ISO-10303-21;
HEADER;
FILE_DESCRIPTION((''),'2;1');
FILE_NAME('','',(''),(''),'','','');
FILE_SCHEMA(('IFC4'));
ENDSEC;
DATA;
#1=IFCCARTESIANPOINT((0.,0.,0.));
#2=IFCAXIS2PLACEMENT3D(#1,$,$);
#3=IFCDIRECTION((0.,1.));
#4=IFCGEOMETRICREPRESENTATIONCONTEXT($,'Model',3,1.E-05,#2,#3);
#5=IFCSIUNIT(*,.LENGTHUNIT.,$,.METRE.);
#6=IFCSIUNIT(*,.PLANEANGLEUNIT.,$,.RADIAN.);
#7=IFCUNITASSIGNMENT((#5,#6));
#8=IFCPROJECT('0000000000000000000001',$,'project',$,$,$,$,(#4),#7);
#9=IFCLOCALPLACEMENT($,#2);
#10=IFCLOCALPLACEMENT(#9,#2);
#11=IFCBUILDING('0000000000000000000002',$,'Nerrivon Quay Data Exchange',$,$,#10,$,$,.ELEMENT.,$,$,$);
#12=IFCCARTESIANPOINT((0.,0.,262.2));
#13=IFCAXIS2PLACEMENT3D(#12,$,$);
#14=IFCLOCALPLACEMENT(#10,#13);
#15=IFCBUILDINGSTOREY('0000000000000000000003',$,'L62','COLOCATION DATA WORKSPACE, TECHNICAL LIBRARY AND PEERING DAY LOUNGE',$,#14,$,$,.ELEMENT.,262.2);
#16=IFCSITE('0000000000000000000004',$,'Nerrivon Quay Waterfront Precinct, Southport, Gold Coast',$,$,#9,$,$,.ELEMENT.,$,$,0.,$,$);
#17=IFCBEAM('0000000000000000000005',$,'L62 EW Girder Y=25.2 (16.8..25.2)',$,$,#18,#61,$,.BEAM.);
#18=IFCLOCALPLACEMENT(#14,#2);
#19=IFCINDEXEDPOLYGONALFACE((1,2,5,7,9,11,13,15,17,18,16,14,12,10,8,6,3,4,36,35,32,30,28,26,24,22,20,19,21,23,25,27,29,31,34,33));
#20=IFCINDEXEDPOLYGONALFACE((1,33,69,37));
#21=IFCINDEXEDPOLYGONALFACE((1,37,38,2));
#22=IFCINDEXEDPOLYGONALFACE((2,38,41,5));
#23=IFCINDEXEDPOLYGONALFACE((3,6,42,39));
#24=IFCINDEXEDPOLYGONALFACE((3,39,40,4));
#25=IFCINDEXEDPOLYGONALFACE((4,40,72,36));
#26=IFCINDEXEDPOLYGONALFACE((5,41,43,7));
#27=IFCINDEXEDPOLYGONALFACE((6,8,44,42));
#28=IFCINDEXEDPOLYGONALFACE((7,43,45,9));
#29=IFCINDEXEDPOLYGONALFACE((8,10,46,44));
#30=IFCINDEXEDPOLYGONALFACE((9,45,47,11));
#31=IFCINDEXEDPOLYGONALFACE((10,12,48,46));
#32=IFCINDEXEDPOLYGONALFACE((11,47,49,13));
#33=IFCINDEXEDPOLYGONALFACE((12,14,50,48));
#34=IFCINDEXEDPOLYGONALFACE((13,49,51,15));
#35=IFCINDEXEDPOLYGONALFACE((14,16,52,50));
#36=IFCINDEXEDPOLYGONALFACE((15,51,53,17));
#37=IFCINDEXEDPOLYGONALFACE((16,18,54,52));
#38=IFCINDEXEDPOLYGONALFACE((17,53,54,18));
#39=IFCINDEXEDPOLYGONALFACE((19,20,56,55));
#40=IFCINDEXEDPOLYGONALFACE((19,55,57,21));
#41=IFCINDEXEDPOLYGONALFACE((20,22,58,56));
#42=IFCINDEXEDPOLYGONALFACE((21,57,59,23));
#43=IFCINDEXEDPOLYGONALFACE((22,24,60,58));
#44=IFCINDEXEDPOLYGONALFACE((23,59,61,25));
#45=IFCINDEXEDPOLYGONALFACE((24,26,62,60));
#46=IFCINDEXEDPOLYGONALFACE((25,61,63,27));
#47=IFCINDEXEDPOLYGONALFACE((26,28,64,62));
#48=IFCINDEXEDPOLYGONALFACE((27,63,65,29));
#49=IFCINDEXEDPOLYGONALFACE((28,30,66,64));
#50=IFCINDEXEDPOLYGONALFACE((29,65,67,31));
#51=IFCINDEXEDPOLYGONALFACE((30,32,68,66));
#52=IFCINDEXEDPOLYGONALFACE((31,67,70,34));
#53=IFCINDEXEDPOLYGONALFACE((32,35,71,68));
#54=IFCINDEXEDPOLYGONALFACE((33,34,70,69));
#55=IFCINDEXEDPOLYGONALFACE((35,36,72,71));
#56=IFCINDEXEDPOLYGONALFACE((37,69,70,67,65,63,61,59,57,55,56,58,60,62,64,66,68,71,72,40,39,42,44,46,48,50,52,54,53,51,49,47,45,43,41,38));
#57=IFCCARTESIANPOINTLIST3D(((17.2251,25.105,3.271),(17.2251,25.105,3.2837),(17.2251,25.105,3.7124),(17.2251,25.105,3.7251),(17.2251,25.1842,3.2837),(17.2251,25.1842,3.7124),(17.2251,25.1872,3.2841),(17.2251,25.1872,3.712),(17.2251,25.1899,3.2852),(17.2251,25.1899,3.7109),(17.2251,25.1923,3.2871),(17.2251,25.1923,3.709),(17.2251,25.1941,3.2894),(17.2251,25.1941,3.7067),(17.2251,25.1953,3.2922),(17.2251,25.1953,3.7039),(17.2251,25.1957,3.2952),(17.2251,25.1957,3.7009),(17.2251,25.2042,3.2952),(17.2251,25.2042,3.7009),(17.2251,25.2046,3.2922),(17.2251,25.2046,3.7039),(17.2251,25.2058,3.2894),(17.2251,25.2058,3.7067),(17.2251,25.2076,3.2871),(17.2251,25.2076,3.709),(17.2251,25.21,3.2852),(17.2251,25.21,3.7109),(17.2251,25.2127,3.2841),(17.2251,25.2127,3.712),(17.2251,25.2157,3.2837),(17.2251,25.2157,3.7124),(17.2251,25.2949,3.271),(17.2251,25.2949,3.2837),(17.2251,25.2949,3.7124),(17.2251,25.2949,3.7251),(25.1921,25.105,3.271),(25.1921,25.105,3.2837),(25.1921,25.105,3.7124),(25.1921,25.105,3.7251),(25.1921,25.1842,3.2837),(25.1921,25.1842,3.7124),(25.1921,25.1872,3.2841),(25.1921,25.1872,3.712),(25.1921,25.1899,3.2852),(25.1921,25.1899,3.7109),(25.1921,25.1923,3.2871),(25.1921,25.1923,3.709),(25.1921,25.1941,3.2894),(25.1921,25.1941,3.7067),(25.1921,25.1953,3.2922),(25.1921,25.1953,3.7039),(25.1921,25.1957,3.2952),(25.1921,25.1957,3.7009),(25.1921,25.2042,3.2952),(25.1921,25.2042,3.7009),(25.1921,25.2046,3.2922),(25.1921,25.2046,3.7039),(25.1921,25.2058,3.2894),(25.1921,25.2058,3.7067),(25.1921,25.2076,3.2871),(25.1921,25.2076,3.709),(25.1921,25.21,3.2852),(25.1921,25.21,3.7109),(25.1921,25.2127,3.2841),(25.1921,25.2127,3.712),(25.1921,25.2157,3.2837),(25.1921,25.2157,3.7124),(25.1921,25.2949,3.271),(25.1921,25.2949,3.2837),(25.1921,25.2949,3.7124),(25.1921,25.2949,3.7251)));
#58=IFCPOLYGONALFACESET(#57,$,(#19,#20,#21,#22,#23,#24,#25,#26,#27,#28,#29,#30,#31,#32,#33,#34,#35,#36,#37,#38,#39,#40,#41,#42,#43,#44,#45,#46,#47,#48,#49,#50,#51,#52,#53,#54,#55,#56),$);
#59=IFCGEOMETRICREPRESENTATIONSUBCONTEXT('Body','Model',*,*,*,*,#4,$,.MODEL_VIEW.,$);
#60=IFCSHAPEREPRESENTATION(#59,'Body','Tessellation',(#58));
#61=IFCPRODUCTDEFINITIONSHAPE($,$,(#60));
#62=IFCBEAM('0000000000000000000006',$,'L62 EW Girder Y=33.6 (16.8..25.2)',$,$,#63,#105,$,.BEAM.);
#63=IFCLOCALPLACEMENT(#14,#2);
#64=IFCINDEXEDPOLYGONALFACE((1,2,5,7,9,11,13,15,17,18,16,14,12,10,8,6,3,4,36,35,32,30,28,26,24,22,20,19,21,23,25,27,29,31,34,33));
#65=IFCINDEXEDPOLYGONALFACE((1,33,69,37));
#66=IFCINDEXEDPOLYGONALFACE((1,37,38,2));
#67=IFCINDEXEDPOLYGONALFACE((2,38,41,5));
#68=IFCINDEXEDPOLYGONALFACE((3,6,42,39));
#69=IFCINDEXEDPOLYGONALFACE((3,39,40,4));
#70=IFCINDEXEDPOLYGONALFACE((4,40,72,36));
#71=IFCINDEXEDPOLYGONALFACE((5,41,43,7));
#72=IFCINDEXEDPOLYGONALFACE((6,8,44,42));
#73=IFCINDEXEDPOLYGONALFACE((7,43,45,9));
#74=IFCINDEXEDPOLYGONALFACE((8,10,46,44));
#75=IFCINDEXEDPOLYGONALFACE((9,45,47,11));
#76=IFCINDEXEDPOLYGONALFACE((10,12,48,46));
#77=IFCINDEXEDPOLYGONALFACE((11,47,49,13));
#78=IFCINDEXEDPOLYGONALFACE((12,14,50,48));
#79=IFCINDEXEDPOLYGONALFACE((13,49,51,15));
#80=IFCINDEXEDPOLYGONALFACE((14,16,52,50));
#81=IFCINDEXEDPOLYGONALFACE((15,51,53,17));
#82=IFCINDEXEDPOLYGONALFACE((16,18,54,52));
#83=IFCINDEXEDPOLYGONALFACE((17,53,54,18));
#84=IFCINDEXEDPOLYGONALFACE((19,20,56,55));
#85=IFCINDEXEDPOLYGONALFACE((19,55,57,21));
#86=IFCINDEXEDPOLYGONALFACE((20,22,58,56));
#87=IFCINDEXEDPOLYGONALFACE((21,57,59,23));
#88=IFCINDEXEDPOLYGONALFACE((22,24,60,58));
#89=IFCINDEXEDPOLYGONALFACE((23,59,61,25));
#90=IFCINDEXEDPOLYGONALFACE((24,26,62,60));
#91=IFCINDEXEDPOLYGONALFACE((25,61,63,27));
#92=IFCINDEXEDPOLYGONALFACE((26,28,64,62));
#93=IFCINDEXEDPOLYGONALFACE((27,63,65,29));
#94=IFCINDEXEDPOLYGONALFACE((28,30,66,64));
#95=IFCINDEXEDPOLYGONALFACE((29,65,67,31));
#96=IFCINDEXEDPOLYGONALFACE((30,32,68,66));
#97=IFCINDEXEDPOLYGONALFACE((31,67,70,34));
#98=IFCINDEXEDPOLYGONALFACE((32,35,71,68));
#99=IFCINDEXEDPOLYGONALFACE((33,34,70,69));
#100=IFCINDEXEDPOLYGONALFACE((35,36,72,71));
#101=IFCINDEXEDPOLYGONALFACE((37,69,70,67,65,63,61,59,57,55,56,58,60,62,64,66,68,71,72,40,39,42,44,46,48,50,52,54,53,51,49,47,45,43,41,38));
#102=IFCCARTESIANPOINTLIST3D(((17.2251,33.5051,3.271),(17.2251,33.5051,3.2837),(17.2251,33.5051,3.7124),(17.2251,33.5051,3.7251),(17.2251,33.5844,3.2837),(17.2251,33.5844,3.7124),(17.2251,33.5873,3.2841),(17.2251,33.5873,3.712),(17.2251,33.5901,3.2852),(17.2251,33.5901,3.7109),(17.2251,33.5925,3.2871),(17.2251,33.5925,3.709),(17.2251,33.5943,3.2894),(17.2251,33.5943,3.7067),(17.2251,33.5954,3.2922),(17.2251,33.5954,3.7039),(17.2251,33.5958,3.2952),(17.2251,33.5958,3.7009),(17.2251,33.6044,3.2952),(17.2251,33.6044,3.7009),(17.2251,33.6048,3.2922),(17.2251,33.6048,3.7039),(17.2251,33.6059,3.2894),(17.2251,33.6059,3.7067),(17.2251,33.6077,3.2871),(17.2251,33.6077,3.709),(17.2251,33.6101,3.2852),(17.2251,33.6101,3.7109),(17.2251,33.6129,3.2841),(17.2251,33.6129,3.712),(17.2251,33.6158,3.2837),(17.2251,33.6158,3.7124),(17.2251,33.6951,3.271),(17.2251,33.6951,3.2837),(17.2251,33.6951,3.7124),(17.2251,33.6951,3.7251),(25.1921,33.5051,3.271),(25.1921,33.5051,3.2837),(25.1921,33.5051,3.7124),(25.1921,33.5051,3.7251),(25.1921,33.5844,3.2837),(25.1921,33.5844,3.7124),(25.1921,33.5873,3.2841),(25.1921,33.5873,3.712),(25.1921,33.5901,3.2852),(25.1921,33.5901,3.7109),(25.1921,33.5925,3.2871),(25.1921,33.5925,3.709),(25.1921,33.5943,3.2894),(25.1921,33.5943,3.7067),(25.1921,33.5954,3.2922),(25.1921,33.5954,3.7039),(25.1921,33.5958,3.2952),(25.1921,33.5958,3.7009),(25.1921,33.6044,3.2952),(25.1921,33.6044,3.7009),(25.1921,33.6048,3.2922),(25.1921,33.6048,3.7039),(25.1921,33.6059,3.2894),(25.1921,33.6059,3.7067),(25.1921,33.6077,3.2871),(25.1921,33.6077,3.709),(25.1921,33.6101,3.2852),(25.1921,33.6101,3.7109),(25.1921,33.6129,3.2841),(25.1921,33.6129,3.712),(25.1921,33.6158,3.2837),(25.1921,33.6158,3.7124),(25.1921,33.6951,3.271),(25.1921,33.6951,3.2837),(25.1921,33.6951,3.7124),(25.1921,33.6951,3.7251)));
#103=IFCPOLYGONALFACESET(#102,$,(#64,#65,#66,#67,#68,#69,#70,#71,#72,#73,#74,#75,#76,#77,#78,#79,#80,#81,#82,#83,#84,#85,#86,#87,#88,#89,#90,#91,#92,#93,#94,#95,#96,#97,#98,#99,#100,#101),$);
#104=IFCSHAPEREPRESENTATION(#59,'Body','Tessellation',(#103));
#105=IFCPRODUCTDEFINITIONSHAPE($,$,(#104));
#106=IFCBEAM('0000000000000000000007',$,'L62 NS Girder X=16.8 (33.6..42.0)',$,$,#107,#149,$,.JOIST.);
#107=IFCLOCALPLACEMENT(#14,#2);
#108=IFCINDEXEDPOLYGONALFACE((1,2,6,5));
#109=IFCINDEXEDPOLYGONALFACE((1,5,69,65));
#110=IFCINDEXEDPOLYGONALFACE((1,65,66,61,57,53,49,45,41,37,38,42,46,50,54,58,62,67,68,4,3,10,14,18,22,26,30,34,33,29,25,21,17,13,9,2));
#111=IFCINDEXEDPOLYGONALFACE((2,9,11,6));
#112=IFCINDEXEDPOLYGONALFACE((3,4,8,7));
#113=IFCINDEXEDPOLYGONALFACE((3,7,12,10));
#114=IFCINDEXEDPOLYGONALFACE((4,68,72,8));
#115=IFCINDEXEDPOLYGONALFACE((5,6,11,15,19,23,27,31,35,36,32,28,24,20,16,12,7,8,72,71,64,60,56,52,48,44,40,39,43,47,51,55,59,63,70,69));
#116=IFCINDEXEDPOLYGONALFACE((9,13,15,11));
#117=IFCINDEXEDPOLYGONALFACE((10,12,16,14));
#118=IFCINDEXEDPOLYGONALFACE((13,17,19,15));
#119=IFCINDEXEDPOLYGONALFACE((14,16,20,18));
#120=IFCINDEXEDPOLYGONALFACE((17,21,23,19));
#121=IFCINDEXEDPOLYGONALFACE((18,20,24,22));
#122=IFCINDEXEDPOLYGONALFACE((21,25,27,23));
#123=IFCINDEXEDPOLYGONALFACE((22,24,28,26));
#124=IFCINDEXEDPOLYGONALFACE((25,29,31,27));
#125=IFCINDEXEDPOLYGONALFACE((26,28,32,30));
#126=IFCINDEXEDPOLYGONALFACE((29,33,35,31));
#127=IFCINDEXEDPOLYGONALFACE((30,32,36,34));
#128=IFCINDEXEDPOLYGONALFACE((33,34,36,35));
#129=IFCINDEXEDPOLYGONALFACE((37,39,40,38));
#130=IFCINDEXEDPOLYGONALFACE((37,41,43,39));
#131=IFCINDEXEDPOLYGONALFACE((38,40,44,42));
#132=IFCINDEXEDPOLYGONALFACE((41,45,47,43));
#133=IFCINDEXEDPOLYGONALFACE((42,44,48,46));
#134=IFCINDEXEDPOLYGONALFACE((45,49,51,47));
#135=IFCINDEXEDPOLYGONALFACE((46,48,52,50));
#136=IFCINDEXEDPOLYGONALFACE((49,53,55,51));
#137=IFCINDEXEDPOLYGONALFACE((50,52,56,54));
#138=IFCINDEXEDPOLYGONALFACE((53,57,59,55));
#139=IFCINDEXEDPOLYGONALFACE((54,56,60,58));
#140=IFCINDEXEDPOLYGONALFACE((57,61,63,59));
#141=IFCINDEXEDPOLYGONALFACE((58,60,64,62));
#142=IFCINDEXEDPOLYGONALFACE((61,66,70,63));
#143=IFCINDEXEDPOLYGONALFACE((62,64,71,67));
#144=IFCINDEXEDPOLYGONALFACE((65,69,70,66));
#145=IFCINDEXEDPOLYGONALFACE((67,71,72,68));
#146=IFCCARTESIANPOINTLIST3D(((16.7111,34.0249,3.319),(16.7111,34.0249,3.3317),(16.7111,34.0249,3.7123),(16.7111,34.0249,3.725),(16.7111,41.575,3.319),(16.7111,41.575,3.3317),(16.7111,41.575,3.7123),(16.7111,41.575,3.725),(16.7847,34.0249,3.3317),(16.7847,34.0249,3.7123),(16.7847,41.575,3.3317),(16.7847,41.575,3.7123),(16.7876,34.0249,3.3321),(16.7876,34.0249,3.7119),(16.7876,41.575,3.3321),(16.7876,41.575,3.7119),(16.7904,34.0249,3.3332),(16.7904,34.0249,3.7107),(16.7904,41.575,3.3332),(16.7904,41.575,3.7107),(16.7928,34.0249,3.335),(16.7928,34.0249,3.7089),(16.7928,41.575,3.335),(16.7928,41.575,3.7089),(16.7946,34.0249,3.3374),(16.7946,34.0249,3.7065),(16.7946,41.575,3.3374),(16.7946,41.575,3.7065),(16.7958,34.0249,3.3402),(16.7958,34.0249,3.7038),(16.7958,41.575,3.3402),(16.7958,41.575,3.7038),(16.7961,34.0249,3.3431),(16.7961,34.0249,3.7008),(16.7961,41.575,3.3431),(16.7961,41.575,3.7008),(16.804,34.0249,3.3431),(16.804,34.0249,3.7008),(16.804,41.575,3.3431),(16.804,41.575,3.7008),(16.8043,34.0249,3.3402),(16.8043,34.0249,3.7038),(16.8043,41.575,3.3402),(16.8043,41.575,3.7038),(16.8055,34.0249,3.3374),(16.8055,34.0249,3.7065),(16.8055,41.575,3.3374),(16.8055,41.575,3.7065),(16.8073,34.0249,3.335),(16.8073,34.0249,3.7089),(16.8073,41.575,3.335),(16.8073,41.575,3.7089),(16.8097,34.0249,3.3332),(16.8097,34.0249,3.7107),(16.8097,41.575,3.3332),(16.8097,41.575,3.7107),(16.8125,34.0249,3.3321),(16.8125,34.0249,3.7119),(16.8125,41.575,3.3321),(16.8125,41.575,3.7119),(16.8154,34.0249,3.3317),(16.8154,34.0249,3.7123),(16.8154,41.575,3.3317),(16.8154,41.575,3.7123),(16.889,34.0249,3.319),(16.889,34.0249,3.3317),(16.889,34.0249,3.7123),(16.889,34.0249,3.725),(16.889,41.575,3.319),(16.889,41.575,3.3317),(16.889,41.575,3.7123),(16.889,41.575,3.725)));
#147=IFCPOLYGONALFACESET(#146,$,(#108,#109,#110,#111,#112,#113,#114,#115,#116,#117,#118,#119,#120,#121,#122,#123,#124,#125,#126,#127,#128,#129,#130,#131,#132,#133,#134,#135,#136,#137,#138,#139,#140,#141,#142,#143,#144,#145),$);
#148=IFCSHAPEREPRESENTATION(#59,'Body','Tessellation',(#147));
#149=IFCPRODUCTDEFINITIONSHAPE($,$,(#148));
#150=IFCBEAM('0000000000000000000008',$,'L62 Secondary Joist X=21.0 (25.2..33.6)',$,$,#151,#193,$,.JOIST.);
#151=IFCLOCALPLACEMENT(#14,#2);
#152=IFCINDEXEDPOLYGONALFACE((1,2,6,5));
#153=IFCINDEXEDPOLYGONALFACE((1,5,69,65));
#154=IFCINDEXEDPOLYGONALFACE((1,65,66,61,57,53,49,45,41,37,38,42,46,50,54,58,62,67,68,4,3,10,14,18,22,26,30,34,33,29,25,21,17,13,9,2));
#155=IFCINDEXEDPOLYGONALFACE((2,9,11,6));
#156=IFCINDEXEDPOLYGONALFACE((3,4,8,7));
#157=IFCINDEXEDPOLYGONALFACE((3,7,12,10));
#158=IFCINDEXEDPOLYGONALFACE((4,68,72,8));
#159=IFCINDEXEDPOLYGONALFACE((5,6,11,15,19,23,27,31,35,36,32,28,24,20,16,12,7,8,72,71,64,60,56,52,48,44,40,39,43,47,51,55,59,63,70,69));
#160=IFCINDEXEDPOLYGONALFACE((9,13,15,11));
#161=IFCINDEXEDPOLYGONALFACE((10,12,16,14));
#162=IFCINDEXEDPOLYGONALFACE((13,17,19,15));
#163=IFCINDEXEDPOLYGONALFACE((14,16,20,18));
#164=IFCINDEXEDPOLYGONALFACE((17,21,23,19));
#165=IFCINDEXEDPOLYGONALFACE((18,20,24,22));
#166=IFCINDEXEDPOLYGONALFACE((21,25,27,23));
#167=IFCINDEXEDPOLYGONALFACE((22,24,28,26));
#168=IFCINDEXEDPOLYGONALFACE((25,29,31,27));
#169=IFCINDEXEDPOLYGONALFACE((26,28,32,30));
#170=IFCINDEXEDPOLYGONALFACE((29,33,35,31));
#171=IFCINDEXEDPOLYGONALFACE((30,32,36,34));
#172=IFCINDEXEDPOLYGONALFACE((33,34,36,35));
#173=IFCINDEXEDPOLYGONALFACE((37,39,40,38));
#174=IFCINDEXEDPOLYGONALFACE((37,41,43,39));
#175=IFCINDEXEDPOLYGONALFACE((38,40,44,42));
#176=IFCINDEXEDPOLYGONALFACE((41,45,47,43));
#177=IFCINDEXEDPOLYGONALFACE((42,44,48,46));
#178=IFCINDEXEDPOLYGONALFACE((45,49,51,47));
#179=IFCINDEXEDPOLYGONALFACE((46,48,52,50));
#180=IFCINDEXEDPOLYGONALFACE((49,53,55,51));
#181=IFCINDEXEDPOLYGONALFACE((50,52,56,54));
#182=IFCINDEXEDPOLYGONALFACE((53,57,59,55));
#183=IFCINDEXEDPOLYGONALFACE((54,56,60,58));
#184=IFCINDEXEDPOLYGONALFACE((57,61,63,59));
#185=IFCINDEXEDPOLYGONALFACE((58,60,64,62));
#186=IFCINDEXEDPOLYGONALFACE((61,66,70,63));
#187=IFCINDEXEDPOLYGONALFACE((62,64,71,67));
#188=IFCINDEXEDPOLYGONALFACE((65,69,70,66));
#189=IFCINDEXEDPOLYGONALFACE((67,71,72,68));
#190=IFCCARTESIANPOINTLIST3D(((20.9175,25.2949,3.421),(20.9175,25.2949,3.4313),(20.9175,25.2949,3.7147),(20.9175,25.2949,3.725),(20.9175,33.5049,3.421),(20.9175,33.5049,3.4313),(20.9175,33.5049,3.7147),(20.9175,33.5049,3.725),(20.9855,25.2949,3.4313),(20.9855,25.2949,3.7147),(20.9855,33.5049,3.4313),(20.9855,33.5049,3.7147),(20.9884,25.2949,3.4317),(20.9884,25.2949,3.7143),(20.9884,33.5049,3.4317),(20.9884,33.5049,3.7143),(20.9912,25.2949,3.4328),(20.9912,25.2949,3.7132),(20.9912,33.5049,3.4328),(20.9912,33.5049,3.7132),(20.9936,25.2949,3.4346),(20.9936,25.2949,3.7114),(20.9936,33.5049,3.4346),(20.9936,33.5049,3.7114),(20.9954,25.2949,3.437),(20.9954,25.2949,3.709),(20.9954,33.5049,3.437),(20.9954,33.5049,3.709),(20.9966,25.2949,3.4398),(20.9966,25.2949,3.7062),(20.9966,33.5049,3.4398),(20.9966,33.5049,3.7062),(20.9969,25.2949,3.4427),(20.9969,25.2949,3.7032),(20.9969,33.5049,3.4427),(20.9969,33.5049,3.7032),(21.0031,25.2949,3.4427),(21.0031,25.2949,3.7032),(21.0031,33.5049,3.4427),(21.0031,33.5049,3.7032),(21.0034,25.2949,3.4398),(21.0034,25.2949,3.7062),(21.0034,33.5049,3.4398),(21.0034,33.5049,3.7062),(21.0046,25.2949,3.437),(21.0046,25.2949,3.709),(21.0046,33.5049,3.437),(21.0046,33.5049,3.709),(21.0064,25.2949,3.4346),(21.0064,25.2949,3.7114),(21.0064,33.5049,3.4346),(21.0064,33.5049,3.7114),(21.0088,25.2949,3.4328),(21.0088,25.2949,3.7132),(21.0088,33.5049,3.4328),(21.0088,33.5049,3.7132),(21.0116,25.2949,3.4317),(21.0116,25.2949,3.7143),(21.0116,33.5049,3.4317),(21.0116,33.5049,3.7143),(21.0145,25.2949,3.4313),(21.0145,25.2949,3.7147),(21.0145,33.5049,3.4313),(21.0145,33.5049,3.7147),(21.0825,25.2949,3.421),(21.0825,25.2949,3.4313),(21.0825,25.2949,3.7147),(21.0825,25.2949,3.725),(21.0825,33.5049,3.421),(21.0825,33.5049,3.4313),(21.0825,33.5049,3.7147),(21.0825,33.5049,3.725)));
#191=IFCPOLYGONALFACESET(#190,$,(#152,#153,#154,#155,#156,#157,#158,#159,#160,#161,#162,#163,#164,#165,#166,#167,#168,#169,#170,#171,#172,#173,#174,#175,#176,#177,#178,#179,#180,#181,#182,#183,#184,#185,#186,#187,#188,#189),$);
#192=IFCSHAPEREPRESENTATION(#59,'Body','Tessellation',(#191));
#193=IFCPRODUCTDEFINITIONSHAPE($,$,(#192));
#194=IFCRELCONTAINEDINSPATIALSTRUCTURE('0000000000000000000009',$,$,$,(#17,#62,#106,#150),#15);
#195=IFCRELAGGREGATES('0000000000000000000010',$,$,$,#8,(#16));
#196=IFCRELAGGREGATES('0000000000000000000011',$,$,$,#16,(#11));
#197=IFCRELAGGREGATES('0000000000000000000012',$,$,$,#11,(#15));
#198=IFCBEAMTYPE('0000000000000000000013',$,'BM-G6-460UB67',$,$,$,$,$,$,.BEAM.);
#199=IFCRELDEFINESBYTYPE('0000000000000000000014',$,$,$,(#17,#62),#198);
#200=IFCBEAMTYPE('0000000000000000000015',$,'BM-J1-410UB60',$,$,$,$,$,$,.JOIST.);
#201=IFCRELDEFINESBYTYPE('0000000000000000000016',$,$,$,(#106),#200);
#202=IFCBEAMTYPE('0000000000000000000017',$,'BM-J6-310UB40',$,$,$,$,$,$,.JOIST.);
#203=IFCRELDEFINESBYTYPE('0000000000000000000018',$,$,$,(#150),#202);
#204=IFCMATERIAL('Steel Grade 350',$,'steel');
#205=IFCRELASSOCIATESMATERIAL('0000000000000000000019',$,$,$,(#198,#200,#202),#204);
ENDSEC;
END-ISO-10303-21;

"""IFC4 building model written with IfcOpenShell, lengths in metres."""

from ifc_helpers import new_model, si_unit, direction, frame, origin, origin_2d, place, context, subcontext, project, spatial, i_section, extrude, material, material_profile, profile_set, type_object, element, save


model = new_model("IFC4")

# Units and contexts
model_context = context("Model", 3, precision=1e-05, world=origin(), true_north=direction((0.0, 1.0)))
body_context = subcontext(model_context, "Body", "Model", "MODEL_VIEW")
ifc_project = project(units=[si_unit("LENGTHUNIT", "METRE"), si_unit("PLANEANGLEUNIT", "RADIAN")], contexts=[model_context])

# Site, building, storey
site_placement = place(None, origin())
site = spatial("IfcSite", under=ifc_project, at=site_placement, Name="Nerrivon Quay Waterfront Precinct, Southport, Gold Coast", CompositionType="ELEMENT", RefElevation=0.0)
building_placement = place(site_placement, origin())
building = spatial("IfcBuilding", under=site, at=building_placement, Name="Nerrivon Quay Data Exchange", CompositionType="ELEMENT")
storey_placement = place(building_placement, frame((0.0, 0.0, 262.2)))
storey = spatial("IfcBuildingStorey", under=building, at=storey_placement, Name="L62", Description="COLOCATION DATA WORKSPACE, TECHNICAL LIBRARY AND PEERING DAY LOUNGE", CompositionType="ELEMENT", Elevation=262.2)

# Beams
ifc_material_1 = material(Name="Steel Grade 350", Category="steel")
ifc_material_profile_1 = material_profile(ifc_material_1, i_section(OverallWidth=0.1899, OverallDepth=0.4541, WebThickness=0.0085, FlangeThickness=0.0127, FilletRadius=0.0115, at=origin_2d()), Name="460UB67.1")
ifc_profile_set_1 = profile_set([ifc_material_profile_1], Name="Steel Grade 350")
beam_type_1 = type_object("IfcBeamType", Name="BM-G6-460UB67", PredefinedType="BEAM", material=ifc_profile_set_1)
for number, where, z_axis, x_axis, name in (
    (1, (17.2251, 25.2, 3.498), (1.0, 0.0, 0.0), (0.0, 1.0, 0.0), "L62 EW Girder Y=25.2 (16.8..25.2)"),
    (2, (17.2251, 33.6001, 3.498), (1.0, 0.0, 0.0), (0.0, 1.0, 0.0), "L62 EW Girder Y=33.6 (16.8..25.2)"),
):
    element("IfcBeam", number, at=place(storey_placement, frame(where, z_axis=z_axis, x_axis=x_axis)), inside=storey, type_object=beam_type_1, Name=name, PredefinedType="BEAM", context=body_context, shape_type="SweptSolid", body=[
        extrude(i_section(OverallWidth=0.1899, OverallDepth=0.4541, WebThickness=0.0085, FlangeThickness=0.0127, FilletRadius=0.0115, at=origin_2d()), origin(), (0.0, 0.0, 1.0), 7.967),
    ])
ifc_material_profile_2 = material_profile(ifc_material_1, i_section(OverallWidth=0.178, OverallDepth=0.406, WebThickness=0.0078, FlangeThickness=0.0127, FilletRadius=0.0115, at=origin_2d()), Name="410UB59.7")
ifc_profile_set_2 = profile_set([ifc_material_profile_2], Name="Steel Grade 350")
beam_type_2 = type_object("IfcBeamType", Name="BM-J1-410UB60", PredefinedType="JOIST", material=ifc_profile_set_2)
beam_1_placement = place(storey_placement, frame((16.8, 34.0249, 3.522), z_axis=(0.0, 1.0, 0.0), x_axis=(-1.0, 0.0, 0.0)))
element("IfcBeam", 3, at=beam_1_placement, inside=storey, type_object=beam_type_2, Name="L62 NS Girder X=16.8 (33.6..42.0)", PredefinedType="JOIST", context=body_context, shape_type="SweptSolid", body=[
    extrude(i_section(OverallWidth=0.178, OverallDepth=0.406, WebThickness=0.0078, FlangeThickness=0.0127, FilletRadius=0.0115, at=origin_2d()), origin(), (0.0, 0.0, 1.0), 7.55),
])
ifc_material_profile_3 = material_profile(ifc_material_1, i_section(OverallWidth=0.165, OverallDepth=0.304, WebThickness=0.0061, FlangeThickness=0.0103, FilletRadius=0.0115, at=origin_2d()), Name="310UB40.4")
ifc_profile_set_3 = profile_set([ifc_material_profile_3], Name="Steel Grade 350")
beam_type_3 = type_object("IfcBeamType", Name="BM-J6-310UB40", PredefinedType="JOIST", material=ifc_profile_set_3)
beam_2_placement = place(storey_placement, frame((21.0, 25.2949, 3.573), z_axis=(0.0, 1.0, 0.0), x_axis=(-1.0, 0.0, 0.0)))
element("IfcBeam", 4, at=beam_2_placement, inside=storey, type_object=beam_type_3, Name="L62 Secondary Joist X=21.0 (25.2..33.6)", PredefinedType="JOIST", context=body_context, shape_type="SweptSolid", body=[
    extrude(i_section(OverallWidth=0.165, OverallDepth=0.304, WebThickness=0.0061, FlangeThickness=0.0103, FilletRadius=0.0115, at=origin_2d()), origin(), (0.0, 0.0, 1.0), 8.21),
])

save(model, "model.ifc")
